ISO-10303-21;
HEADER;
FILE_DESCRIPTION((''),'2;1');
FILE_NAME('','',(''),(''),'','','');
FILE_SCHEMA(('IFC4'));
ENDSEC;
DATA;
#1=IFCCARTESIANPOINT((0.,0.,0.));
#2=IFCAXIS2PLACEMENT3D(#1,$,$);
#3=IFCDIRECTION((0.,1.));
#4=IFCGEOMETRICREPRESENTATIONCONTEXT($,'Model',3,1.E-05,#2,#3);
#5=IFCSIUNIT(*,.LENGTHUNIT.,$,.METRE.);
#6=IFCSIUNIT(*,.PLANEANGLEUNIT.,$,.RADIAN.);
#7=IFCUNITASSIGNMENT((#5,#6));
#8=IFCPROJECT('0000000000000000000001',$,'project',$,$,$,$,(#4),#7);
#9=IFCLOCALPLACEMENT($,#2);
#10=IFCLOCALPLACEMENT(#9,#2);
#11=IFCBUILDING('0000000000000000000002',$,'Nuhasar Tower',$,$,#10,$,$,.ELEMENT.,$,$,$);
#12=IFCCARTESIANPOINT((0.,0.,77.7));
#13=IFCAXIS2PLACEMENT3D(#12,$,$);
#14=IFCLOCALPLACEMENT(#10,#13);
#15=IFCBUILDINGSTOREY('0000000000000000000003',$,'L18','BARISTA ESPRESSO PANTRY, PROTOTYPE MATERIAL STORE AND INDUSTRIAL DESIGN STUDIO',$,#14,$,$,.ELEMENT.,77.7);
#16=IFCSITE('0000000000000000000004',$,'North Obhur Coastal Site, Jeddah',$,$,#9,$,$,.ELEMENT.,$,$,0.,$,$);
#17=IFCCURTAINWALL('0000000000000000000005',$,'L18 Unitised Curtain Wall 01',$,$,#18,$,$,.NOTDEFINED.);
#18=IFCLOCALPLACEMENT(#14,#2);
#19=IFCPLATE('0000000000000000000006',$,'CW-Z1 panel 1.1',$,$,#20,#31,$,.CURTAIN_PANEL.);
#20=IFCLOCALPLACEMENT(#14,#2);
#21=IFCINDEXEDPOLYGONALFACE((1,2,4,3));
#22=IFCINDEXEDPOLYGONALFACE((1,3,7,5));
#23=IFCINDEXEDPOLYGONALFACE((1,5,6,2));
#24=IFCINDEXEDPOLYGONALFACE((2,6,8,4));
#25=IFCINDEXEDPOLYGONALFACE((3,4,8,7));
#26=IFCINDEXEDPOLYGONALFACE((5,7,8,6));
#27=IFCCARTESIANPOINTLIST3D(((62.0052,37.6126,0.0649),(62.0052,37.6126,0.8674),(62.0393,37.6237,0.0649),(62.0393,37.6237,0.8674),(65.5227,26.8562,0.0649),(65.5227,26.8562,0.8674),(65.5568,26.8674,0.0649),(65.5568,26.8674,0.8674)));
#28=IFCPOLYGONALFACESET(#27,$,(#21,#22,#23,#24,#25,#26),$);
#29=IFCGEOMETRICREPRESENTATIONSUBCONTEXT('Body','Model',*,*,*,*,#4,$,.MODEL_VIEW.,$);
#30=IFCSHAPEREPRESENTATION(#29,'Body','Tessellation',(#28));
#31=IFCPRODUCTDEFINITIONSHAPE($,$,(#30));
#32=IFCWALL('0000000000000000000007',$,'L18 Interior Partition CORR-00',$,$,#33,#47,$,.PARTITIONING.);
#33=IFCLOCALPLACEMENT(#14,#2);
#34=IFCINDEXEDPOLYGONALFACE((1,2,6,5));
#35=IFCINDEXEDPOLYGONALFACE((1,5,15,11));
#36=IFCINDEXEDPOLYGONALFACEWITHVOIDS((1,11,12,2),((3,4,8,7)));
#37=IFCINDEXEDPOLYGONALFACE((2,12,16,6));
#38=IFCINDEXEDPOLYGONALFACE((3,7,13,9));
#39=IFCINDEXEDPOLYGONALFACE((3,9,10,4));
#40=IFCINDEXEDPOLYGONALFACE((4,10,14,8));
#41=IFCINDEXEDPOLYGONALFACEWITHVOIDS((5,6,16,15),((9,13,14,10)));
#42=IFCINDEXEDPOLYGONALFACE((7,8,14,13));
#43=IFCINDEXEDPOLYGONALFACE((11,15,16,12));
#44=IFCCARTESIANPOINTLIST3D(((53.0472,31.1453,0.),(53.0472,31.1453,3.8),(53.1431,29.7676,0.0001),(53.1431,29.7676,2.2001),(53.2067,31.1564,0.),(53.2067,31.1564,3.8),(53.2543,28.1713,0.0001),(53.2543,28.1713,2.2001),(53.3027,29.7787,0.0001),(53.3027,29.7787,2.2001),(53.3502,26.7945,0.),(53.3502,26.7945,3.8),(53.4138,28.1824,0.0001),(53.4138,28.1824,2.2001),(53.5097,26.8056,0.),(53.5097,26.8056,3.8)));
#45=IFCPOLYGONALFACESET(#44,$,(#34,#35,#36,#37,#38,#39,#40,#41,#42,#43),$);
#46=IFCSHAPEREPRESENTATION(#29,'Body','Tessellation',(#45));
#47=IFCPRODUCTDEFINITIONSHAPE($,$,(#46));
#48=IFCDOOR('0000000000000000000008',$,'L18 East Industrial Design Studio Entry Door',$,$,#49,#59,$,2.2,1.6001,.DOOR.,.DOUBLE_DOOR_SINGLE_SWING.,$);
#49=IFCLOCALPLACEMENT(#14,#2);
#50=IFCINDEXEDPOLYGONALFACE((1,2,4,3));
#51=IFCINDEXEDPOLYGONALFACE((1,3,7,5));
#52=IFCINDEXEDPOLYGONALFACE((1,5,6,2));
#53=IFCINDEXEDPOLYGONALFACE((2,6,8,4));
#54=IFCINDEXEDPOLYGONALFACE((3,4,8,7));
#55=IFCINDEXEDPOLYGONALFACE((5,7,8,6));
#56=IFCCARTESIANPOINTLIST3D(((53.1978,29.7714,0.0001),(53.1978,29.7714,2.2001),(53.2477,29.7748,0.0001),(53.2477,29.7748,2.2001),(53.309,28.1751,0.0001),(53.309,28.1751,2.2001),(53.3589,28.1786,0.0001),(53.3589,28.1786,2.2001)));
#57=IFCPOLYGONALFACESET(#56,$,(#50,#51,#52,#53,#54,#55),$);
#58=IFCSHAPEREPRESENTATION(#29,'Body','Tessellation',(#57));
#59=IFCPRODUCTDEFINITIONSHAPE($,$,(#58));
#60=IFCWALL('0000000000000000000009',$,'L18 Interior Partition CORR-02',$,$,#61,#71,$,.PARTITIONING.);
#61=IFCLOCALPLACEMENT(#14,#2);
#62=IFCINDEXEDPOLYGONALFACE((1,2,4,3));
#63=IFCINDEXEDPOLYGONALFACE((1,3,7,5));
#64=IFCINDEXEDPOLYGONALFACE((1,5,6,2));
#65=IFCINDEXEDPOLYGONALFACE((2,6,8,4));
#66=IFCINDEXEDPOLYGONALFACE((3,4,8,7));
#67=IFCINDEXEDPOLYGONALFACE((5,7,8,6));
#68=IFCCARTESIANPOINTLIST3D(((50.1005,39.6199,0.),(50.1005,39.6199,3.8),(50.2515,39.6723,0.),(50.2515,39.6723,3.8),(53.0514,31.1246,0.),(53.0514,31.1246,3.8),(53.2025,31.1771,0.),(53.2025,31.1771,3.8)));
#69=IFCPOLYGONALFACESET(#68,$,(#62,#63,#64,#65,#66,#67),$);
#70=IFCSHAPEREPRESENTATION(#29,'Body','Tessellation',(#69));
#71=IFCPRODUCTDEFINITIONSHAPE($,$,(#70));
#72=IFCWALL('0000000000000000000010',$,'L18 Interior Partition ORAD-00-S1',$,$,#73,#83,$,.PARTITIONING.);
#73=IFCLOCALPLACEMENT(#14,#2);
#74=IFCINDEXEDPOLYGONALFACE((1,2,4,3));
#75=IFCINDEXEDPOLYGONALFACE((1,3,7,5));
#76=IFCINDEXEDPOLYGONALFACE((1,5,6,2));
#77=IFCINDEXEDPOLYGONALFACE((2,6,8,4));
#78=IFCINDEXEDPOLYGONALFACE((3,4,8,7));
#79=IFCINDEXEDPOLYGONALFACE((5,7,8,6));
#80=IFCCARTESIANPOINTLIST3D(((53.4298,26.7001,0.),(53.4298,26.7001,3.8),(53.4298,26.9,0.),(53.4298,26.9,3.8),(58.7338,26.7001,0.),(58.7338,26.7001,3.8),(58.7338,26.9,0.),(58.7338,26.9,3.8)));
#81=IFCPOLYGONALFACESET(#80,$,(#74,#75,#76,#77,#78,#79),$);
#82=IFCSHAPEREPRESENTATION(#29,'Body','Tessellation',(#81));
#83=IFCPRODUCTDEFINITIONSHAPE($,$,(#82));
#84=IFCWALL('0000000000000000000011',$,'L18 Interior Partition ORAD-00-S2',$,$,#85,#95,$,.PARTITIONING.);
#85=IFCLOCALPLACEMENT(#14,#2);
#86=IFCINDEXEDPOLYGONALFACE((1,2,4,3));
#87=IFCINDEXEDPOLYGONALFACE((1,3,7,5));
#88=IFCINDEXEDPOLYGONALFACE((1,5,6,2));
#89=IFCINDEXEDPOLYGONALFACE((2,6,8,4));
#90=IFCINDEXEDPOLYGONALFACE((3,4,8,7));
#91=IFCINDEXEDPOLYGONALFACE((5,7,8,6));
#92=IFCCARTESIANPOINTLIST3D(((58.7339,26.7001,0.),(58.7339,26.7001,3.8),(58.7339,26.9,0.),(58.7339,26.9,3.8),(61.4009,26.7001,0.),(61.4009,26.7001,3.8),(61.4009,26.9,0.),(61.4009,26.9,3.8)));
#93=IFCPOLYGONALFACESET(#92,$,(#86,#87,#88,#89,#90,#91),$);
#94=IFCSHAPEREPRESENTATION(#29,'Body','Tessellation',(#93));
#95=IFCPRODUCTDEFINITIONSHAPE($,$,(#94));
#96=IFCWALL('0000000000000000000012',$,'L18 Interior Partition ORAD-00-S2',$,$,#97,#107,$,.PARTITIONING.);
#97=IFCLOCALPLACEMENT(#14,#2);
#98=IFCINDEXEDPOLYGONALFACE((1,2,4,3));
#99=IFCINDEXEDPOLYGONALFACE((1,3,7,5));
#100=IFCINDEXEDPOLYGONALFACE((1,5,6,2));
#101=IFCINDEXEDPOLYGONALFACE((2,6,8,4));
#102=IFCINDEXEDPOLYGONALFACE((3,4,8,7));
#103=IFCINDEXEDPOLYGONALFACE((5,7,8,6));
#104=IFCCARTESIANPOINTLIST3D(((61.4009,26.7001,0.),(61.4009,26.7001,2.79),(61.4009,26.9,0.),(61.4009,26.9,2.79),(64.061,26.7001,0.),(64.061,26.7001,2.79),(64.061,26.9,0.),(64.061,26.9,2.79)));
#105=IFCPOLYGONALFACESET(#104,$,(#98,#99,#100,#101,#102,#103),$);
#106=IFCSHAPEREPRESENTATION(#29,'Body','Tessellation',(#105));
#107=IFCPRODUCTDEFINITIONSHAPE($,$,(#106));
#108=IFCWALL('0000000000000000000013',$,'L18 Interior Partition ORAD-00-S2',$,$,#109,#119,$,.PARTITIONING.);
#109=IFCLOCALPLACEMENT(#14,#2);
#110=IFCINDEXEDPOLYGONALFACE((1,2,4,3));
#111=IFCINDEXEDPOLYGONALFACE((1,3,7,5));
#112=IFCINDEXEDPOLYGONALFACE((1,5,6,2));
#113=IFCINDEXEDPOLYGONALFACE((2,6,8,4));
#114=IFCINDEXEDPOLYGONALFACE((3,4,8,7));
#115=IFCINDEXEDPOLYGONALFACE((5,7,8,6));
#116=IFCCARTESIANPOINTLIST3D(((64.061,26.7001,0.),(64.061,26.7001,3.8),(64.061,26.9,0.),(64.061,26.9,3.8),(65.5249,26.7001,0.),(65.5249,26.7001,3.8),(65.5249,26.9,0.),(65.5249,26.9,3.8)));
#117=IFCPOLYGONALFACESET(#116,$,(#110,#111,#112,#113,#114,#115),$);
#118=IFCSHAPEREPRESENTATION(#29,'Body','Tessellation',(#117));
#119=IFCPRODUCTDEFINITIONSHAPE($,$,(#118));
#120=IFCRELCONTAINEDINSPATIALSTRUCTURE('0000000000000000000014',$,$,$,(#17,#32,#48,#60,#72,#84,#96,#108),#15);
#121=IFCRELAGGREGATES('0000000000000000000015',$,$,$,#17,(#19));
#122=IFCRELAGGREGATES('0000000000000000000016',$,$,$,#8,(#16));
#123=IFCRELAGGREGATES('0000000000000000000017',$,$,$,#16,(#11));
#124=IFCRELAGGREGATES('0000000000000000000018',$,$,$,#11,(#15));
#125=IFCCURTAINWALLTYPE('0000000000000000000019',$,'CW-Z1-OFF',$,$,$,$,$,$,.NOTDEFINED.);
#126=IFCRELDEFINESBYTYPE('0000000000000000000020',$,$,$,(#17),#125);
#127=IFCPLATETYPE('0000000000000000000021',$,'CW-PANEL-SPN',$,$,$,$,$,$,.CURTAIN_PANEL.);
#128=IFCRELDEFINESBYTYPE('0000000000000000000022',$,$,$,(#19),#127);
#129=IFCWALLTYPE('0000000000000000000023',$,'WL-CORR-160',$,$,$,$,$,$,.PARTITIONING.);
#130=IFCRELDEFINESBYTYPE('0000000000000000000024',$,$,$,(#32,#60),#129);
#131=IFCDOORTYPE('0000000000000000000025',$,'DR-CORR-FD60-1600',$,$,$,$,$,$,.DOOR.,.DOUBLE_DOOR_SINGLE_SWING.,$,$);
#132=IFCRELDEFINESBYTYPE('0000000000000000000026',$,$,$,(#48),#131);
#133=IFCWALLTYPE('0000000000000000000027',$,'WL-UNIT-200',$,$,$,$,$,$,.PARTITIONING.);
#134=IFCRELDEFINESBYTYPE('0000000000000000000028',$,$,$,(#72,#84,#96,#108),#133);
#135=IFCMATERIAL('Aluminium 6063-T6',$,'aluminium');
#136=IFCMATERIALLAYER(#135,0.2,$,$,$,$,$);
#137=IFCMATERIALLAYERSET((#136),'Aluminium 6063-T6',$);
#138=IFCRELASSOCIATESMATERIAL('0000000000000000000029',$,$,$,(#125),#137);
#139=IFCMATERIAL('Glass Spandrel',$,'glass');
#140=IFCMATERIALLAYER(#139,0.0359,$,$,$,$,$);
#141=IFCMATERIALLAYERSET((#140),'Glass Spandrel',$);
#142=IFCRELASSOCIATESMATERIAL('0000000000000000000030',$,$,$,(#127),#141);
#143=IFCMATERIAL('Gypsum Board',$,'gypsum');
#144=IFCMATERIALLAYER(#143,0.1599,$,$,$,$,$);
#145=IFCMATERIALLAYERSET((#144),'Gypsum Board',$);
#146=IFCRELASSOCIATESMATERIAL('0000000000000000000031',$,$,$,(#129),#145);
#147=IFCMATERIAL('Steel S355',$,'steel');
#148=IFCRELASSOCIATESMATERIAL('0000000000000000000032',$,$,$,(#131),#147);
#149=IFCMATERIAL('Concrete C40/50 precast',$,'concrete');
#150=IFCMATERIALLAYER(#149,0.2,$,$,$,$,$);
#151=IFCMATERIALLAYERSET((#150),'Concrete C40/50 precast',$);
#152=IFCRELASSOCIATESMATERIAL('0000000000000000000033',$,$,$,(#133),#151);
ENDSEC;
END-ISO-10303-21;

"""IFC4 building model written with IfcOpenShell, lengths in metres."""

from ifc_helpers import new_model, si_unit, direction, frame, frame_2d, origin, origin_2d, place, context, subcontext, project, spatial, rectangle, extrude, material, layer, layer_set, type_object, element, fill, aggregate, save


model = new_model("IFC4")

# Units and contexts
model_context = context("Model", 3, precision=1e-05, world=origin(), true_north=direction((0.0, 1.0)))
body_context = subcontext(model_context, "Body", "Model", "MODEL_VIEW")
ifc_project = project(units=[si_unit("LENGTHUNIT", "METRE"), si_unit("PLANEANGLEUNIT", "RADIAN")], contexts=[model_context])

# Site, building, storey
site_placement = place(None, origin())
site = spatial("IfcSite", under=ifc_project, at=site_placement, Name="North Obhur Coastal Site, Jeddah", CompositionType="ELEMENT", RefElevation=0.0)
building_placement = place(site_placement, origin())
building = spatial("IfcBuilding", under=site, at=building_placement, Name="Nuhasar Tower", CompositionType="ELEMENT")
storey_placement = place(building_placement, frame((0.0, 0.0, 77.7)))
storey = spatial("IfcBuildingStorey", under=building, at=storey_placement, Name="L18", Description="BARISTA ESPRESSO PANTRY, PROTOTYPE MATERIAL STORE AND INDUSTRIAL DESIGN STUDIO", CompositionType="ELEMENT", Elevation=77.7)

# Shared definitions
ifc_material_1 = material(Name="Steel S355", Category="steel")

# Curtain wall
ifc_material_2 = material(Name="Aluminium 6063-T6", Category="aluminium")
ifc_layer_1 = layer(ifc_material_2, 0.2)
ifc_layer_set_1 = layer_set([ifc_layer_1], Name="Aluminium 6063-T6")
curtain_wall_type = type_object("IfcCurtainWallType", Name="CW-Z1-OFF", PredefinedType="NOTDEFINED", material=ifc_layer_set_1)
curtain_wall_1_placement = place(storey_placement, origin())
curtain_wall_1 = element("IfcCurtainWall", 1, at=curtain_wall_1_placement, inside=storey, type_object=curtain_wall_type, Name="L18 Unitised Curtain Wall 01", PredefinedType="NOTDEFINED")

# Plate
ifc_material_3 = material(Name="Glass Spandrel", Category="glass")
ifc_layer_2 = layer(ifc_material_3, 0.0359)
ifc_layer_set_2 = layer_set([ifc_layer_2], Name="Glass Spandrel")
plate_type_1 = type_object("IfcPlateType", Name="CW-PANEL-SPN", PredefinedType="CURTAIN_PANEL", material=ifc_layer_set_2)
plate_1_placement = place(storey_placement, frame((63.781, 32.24, 0.0649), z_axis=(0.0, 0.0, 1.0), x_axis=(-0.310824, 0.950468, 0.0)))
plate_1 = element("IfcPlate", 2, at=plate_1_placement, type_object=plate_type_1, Name="CW-Z1 panel 1.1", PredefinedType="CURTAIN_PANEL", context=body_context, shape_type="SweptSolid", body=[
    extrude(rectangle(XDim=11.3169, YDim=0.0359, at=origin_2d()), origin(), (0.0, 0.0, 1.0), 0.8025),
])
aggregate(curtain_wall_1, [plate_1])

# Wall, opening, door
ifc_material_4 = material(Name="Gypsum Board", Category="gypsum")
ifc_layer_3 = layer(ifc_material_4, 0.1599)
ifc_layer_set_3 = layer_set([ifc_layer_3], Name="Gypsum Board")
wall_type_1 = type_object("IfcWallType", Name="WL-CORR-160", PredefinedType="PARTITIONING", material=ifc_layer_set_3)
wall_1_placement = place(storey_placement, frame((53.127, 31.1509, 0.0), z_axis=(0.0, 0.0, 1.0), x_axis=(0.069469, -0.997584, 0.0)))
wall_1 = element("IfcWall", 3, at=wall_1_placement, inside=storey, type_object=wall_type_1, Name="L18 Interior Partition CORR-00", PredefinedType="PARTITIONING", context=body_context, shape_type="SweptSolid", body=[
    extrude(rectangle(XDim=4.3613, YDim=0.1599, at=frame_2d((2.1807, 0.0))), origin(), (0.0, 0.0, 1.0), 3.8),
])
opening_placement = place(wall_1_placement, frame((1.3811, 0.0, 0.0)))
opening = element("IfcOpeningElement", 4, at=opening_placement, cuts=wall_1, PredefinedType="OPENING", context=body_context, shape_type="SweptSolid", body=[
    extrude(rectangle(XDim=1.6001, YDim=2.2, at=frame_2d((0.8, 1.1001))), frame((0.0, 0.0898, 0.0), z_axis=(0.0, -1.0, 0.0), x_axis=(1.0, 0.0, 0.0)), (0.0, 0.0, 1.0), 0.1799),
])
door_type = type_object("IfcDoorType", Name="DR-CORR-FD60-1600", OperationType="DOUBLE_DOOR_SINGLE_SWING", PredefinedType="DOOR", material=ifc_material_1)
door_placement = place(opening_placement, origin())
door = element("IfcDoor", 5, at=door_placement, inside=storey, type_object=door_type, Name="L18 East Industrial Design Studio Entry Door", OperationType="DOUBLE_DOOR_SINGLE_SWING", OverallHeight=2.2, OverallWidth=1.6001, PredefinedType="DOOR", context=body_context, shape_type="SweptSolid", body=[
    extrude(rectangle(XDim=1.6001, YDim=2.2, at=frame_2d((0.8, 1.1001))), frame((0.0, 0.0249, 0.0), z_axis=(0.0, -1.0, 0.0), x_axis=(1.0, 0.0, 0.0)), (0.0, 0.0, 1.0), 0.05),
])
fill(opening, door)

# Walls
wall_2_placement = place(storey_placement, frame((53.127, 31.1509, 0.0), z_axis=(0.0, 0.0, 1.0), x_axis=(-0.328134, 0.944631, 0.0)))
element("IfcWall", 6, at=wall_2_placement, inside=storey, type_object=wall_type_1, Name="L18 Interior Partition CORR-02", PredefinedType="PARTITIONING", context=body_context, shape_type="SweptSolid", body=[
    extrude(rectangle(XDim=8.9932, YDim=0.1599, at=frame_2d((4.4966, 0.0))), origin(), (0.0, 0.0, 1.0), 3.8),
])
ifc_material_5 = material(Name="Concrete C40/50 precast", Category="concrete")
ifc_layer_4 = layer(ifc_material_5, 0.2)
ifc_layer_set_4 = layer_set([ifc_layer_4], Name="Concrete C40/50 precast")
wall_type_2 = type_object("IfcWallType", Name="WL-UNIT-200", PredefinedType="PARTITIONING", material=ifc_layer_set_4)
wall_3_placement = place(storey_placement, frame((53.4299, 26.8, 0.0), z_axis=(0.0, 0.0, 1.0), x_axis=(1.0, 0.0, 0.0)))
element("IfcWall", 7, at=wall_3_placement, inside=storey, type_object=wall_type_2, Name="L18 Interior Partition ORAD-00-S1", PredefinedType="PARTITIONING", context=body_context, shape_type="SweptSolid", body=[
    extrude(rectangle(XDim=5.304, YDim=0.2, at=frame_2d((2.6519, 0.0))), origin(), (0.0, 0.0, 1.0), 3.8),
])
wall_4_placement = place(storey_placement, frame((58.7339, 26.8, 0.0), z_axis=(0.0, 0.0, 1.0), x_axis=(1.0, 0.0, 0.0)))
element("IfcWall", 8, at=wall_4_placement, inside=storey, type_object=wall_type_2, Name="L18 Interior Partition ORAD-00-S2", PredefinedType="PARTITIONING", context=body_context, shape_type="SweptSolid", body=[
    extrude(rectangle(XDim=2.667, YDim=0.2, at=frame_2d((1.3335, 0.0))), origin(), (0.0, 0.0, 1.0), 3.8),
])
wall_5_placement = place(storey_placement, frame((61.4009, 26.8, 0.0), z_axis=(0.0, 0.0, 1.0), x_axis=(1.0, 0.0, 0.0)))
element("IfcWall", 9, at=wall_5_placement, inside=storey, type_object=wall_type_2, Name="L18 Interior Partition ORAD-00-S2", PredefinedType="PARTITIONING", context=body_context, shape_type="SweptSolid", body=[
    extrude(rectangle(XDim=2.6602, YDim=0.2, at=frame_2d((1.3301, 0.0))), origin(), (0.0, 0.0, 1.0), 2.79),
])
wall_6_placement = place(storey_placement, frame((64.061, 26.8, 0.0), z_axis=(0.0, 0.0, 1.0), x_axis=(1.0, 0.0, 0.0)))
element("IfcWall", 10, at=wall_6_placement, inside=storey, type_object=wall_type_2, Name="L18 Interior Partition ORAD-00-S2", PredefinedType="PARTITIONING", context=body_context, shape_type="SweptSolid", body=[
    extrude(rectangle(XDim=1.4639, YDim=0.2, at=frame_2d((0.7319, 0.0))), origin(), (0.0, 0.0, 1.0), 3.8),
])

save(model, "model.ifc")
